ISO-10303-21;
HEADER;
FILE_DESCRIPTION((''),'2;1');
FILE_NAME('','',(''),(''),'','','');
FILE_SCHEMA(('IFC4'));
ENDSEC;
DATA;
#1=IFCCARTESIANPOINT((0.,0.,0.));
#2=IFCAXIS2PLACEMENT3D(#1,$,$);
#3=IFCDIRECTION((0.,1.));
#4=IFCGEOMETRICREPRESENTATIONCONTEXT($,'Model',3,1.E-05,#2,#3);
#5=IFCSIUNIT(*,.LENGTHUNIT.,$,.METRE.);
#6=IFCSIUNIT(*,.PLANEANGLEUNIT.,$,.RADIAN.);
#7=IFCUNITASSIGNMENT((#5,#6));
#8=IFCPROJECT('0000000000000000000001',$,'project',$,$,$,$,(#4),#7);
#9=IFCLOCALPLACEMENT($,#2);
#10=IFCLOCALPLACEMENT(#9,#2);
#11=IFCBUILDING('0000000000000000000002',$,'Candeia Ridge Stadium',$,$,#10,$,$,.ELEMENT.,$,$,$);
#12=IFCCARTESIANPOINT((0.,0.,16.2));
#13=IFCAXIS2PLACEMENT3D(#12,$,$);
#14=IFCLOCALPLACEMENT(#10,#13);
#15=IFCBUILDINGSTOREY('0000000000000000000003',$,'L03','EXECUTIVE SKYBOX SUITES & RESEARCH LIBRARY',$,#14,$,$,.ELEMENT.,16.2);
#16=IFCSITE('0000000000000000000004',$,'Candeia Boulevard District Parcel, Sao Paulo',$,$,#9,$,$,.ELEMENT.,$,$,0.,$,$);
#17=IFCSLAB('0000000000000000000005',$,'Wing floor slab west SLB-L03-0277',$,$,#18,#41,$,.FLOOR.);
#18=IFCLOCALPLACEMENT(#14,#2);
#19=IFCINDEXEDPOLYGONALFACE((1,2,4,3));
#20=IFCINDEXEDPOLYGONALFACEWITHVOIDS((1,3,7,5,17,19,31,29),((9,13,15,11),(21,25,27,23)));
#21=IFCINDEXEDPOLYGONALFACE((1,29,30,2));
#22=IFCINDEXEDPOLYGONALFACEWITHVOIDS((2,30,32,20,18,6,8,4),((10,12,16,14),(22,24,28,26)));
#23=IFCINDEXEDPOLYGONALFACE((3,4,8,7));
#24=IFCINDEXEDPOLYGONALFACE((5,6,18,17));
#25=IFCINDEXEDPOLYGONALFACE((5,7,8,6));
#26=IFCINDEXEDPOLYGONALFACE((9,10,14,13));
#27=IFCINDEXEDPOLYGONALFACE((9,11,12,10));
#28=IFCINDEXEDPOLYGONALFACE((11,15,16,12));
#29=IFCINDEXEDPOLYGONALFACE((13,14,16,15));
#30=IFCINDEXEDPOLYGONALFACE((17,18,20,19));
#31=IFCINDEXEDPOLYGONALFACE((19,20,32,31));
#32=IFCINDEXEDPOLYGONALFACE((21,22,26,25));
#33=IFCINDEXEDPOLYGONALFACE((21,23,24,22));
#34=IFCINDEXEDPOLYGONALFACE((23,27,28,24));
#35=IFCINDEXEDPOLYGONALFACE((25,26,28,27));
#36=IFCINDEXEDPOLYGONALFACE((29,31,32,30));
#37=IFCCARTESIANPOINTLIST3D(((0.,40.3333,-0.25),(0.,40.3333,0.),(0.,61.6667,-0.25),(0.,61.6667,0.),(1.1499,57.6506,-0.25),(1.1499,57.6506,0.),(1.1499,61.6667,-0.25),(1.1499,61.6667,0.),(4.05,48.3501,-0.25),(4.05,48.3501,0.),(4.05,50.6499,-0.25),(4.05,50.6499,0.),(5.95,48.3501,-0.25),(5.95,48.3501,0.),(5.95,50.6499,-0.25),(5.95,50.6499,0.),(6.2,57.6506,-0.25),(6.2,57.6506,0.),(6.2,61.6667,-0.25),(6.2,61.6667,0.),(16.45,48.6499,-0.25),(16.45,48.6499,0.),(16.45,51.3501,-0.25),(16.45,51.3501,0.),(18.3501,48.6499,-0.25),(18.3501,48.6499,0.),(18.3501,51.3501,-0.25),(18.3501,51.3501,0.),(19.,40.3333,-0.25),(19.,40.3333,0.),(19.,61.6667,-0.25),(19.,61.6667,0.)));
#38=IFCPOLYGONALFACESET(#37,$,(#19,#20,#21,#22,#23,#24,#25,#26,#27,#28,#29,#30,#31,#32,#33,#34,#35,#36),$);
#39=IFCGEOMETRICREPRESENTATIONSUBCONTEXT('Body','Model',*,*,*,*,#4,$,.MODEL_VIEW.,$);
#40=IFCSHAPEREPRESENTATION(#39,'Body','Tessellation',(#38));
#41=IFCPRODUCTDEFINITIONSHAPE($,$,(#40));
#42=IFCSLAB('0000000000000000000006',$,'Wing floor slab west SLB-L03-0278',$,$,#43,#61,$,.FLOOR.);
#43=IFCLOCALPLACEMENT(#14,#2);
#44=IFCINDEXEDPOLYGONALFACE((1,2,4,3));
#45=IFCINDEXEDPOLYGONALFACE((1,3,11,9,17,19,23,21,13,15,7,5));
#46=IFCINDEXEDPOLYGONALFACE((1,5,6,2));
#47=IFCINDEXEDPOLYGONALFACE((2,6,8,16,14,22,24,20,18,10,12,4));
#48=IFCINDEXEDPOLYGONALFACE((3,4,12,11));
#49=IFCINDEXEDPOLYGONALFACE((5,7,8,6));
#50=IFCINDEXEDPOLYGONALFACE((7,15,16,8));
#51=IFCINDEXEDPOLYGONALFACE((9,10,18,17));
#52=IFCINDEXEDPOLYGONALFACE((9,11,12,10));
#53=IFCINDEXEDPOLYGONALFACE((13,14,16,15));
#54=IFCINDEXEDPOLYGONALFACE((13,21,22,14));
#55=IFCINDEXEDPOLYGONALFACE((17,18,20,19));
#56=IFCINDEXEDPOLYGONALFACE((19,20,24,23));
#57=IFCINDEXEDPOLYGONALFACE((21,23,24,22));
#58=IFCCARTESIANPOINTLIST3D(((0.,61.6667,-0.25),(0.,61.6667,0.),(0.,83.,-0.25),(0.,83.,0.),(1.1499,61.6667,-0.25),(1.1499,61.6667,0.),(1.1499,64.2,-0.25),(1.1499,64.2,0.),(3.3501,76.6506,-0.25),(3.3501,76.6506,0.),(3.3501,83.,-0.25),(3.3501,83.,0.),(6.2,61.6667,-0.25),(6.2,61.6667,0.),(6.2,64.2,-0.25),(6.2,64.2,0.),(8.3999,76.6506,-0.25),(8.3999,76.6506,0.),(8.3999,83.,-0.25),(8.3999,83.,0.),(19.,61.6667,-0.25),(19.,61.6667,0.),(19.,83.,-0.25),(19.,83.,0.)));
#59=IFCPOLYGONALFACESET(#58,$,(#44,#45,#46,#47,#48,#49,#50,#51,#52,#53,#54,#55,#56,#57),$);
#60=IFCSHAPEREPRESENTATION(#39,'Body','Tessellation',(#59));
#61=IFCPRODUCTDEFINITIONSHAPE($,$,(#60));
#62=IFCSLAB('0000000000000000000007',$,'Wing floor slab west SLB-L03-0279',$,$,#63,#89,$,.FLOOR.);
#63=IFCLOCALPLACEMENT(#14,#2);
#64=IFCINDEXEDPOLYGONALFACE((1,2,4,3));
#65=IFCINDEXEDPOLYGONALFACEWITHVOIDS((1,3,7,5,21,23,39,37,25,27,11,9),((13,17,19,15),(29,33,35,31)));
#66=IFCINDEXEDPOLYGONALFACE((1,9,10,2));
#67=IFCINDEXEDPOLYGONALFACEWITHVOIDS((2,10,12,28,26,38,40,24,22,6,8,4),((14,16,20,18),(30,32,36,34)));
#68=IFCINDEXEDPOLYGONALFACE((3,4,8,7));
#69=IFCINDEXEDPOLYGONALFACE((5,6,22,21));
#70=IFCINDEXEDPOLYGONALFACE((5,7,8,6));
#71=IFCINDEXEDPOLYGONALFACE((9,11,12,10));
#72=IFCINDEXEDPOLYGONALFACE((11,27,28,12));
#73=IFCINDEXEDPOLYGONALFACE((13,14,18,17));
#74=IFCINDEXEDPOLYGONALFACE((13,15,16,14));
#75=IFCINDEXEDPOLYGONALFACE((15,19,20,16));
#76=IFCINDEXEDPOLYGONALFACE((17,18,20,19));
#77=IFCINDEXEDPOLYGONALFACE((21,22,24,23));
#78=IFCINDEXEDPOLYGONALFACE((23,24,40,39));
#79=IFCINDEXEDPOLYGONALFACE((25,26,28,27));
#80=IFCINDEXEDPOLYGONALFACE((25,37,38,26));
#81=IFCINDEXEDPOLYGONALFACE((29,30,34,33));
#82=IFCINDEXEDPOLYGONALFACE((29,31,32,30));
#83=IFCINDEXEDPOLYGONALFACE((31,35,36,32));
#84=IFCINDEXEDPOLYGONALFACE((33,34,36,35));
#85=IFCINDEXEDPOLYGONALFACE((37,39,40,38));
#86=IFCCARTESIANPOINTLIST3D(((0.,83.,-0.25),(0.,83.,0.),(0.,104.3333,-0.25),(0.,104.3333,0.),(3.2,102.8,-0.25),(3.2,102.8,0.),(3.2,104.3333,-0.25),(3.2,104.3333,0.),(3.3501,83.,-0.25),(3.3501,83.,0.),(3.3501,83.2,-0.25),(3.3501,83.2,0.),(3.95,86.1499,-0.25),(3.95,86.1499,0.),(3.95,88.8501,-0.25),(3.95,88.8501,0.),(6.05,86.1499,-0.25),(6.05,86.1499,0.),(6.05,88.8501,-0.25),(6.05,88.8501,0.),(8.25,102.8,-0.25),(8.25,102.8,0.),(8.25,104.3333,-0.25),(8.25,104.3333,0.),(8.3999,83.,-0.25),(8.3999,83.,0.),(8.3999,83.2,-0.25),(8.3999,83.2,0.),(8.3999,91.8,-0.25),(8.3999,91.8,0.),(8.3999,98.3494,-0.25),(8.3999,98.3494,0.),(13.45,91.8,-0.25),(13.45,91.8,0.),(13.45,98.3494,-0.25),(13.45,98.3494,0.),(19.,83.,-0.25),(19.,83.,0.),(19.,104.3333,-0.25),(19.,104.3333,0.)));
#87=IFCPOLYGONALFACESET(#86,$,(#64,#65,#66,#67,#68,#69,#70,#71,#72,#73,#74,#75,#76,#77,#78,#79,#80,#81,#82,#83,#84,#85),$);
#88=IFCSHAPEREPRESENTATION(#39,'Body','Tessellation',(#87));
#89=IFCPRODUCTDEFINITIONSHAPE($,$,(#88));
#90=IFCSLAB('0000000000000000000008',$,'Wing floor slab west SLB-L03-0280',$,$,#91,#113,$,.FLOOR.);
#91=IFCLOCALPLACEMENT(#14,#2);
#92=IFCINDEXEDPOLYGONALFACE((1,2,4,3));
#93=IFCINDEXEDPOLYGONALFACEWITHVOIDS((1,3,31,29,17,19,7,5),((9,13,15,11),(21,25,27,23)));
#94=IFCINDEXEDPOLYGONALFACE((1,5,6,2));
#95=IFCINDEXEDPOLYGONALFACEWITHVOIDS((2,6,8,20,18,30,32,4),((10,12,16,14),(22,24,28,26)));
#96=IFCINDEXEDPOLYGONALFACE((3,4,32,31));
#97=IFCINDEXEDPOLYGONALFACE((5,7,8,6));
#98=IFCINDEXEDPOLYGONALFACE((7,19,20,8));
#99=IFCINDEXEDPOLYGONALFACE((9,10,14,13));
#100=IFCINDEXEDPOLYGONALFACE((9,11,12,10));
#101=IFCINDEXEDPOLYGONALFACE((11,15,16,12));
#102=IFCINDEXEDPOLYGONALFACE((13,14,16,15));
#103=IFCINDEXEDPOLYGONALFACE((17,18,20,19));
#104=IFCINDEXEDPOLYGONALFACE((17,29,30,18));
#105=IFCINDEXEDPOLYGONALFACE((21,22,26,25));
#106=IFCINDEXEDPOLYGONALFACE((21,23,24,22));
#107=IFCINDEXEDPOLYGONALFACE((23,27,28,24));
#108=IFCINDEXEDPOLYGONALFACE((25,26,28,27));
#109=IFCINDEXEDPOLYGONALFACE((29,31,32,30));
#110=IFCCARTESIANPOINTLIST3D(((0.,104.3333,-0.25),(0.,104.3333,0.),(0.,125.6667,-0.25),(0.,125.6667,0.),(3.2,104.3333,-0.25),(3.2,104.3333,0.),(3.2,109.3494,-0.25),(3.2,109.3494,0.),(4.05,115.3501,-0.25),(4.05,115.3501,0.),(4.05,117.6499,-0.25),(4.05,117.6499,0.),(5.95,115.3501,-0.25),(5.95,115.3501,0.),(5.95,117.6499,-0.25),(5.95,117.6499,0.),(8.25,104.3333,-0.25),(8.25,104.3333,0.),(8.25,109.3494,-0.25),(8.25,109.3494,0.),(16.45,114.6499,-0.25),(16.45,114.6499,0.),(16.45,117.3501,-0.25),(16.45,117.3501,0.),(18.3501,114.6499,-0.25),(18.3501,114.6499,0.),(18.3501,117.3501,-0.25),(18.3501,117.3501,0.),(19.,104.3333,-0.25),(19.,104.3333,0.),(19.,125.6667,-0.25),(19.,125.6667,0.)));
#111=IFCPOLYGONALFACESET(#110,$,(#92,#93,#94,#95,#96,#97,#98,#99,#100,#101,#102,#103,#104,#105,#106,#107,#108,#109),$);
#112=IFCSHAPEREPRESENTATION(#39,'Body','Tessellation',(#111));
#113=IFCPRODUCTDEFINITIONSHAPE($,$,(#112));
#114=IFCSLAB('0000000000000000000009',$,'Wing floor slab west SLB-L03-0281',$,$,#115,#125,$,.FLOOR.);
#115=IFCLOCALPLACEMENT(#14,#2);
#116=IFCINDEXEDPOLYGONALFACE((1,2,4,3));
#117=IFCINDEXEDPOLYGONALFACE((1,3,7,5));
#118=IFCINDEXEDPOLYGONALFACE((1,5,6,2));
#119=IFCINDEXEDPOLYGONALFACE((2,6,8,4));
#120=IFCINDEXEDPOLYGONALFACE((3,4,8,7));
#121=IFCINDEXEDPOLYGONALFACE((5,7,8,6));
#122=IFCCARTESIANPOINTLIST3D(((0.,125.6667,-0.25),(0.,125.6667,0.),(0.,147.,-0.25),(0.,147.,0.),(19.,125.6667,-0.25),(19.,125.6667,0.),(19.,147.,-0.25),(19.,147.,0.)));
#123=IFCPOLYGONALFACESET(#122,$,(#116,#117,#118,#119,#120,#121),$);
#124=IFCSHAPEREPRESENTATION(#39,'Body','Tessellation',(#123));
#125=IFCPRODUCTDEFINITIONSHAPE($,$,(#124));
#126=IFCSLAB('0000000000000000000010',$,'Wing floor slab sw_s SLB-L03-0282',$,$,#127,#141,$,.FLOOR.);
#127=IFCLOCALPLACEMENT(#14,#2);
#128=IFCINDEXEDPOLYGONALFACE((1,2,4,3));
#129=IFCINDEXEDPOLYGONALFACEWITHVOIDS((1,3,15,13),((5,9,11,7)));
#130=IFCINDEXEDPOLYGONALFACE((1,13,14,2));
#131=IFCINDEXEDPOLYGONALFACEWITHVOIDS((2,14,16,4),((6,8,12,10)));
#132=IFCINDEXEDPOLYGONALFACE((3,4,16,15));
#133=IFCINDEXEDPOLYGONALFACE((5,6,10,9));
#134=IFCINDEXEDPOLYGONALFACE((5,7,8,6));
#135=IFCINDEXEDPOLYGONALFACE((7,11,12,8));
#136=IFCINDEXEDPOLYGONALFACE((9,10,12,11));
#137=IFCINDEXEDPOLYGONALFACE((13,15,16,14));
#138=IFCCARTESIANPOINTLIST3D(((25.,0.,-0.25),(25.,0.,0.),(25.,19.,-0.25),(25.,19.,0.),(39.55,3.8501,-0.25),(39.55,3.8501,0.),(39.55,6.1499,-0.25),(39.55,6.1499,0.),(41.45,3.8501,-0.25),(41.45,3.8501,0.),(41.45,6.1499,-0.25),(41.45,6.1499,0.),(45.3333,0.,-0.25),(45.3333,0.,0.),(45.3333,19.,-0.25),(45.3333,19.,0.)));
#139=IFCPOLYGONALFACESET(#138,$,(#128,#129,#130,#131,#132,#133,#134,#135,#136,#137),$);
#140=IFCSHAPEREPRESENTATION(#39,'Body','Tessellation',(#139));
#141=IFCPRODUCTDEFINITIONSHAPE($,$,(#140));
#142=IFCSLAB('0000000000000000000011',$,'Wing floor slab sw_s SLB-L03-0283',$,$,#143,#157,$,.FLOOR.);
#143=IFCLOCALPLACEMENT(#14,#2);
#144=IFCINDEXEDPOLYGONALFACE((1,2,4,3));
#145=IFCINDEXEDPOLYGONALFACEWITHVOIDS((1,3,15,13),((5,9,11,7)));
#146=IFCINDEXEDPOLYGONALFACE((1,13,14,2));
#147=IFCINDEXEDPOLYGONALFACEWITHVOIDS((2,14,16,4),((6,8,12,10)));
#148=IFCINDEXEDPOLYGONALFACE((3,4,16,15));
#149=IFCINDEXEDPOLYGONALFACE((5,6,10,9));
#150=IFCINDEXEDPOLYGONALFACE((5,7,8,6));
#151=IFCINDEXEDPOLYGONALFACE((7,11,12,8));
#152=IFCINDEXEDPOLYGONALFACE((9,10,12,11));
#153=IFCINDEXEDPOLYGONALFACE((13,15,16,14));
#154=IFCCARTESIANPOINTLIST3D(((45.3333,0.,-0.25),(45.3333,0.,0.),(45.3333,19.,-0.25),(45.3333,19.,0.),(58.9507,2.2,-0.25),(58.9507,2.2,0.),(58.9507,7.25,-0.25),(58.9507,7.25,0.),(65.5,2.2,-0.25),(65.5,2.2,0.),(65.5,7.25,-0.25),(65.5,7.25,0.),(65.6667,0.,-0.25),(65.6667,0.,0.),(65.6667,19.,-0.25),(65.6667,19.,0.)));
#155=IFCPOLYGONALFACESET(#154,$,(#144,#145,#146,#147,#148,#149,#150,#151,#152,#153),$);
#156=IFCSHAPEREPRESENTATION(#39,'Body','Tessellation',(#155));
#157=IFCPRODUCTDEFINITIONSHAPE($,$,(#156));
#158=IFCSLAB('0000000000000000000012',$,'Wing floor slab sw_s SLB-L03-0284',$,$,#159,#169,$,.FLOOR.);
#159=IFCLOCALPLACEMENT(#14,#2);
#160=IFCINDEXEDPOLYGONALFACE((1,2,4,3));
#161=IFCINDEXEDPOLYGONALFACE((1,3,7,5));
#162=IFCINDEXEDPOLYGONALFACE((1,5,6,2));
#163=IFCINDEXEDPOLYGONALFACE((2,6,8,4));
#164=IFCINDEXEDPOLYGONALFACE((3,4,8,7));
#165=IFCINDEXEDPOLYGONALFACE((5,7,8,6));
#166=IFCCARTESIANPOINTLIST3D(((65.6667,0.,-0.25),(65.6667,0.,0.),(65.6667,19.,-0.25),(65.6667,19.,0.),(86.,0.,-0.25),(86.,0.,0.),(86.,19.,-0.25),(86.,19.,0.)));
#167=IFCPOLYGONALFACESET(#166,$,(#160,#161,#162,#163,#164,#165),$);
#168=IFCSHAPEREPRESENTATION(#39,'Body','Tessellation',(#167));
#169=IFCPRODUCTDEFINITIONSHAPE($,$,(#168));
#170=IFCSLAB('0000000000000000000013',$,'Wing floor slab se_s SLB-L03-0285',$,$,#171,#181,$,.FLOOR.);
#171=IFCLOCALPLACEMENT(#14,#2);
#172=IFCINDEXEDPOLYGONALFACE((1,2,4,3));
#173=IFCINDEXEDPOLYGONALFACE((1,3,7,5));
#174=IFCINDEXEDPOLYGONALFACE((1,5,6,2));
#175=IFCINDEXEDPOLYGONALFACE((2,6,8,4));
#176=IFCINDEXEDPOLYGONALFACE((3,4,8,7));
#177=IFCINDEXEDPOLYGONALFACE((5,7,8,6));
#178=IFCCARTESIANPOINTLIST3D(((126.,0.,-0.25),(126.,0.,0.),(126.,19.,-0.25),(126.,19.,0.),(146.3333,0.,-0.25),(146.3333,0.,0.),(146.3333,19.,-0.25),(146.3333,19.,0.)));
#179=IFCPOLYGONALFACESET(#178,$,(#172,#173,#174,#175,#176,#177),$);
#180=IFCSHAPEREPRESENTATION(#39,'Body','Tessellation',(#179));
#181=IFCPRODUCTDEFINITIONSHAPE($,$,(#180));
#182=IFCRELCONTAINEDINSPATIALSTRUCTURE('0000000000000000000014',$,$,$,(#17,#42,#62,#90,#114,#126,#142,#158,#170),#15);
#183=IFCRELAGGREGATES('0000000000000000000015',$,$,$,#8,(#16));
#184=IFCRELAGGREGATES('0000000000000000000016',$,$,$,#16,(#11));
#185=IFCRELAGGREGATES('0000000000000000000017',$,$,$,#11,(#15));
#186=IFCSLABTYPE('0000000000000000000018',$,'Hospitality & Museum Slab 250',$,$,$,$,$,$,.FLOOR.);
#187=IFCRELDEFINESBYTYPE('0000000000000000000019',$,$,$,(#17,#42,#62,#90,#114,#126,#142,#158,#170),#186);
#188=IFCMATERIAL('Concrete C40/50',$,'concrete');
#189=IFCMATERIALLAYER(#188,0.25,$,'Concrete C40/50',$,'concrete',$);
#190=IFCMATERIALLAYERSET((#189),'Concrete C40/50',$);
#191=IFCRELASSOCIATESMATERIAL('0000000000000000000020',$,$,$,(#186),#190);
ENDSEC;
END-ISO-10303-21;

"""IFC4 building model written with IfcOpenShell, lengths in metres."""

from ifc_helpers import new_model, si_unit, direction, frame, origin, place, context, subcontext, project, spatial, polyline, outline, extrude, material, layer, layer_set, type_object, element, save


model = new_model("IFC4")

# Units and contexts
model_context = context("Model", 3, precision=1e-05, world=origin(), true_north=direction((0.0, 1.0)))
body_context = subcontext(model_context, "Body", "Model", "MODEL_VIEW")
ifc_project = project(units=[si_unit("LENGTHUNIT", "METRE"), si_unit("PLANEANGLEUNIT", "RADIAN")], contexts=[model_context])

# Site, building, storey
site_placement = place(None, origin())
site = spatial("IfcSite", under=ifc_project, at=site_placement, Name="Candeia Boulevard District Parcel, Sao Paulo", CompositionType="ELEMENT", RefElevation=0.0)
building_placement = place(site_placement, origin())
building = spatial("IfcBuilding", under=site, at=building_placement, Name="Candeia Ridge Stadium", CompositionType="ELEMENT")
storey_placement = place(building_placement, frame((0.0, 0.0, 16.2)))
storey = spatial("IfcBuildingStorey", under=building, at=storey_placement, Name="L03", Description="EXECUTIVE SKYBOX SUITES & RESEARCH LIBRARY", CompositionType="ELEMENT", Elevation=16.2)

# Shared definitions
ifc_material_1 = material(Name="Concrete C40/50", Category="concrete")

# Slabs
ifc_layer_1 = layer(ifc_material_1, 0.25, Name="Concrete C40/50", Category="concrete")
ifc_layer_set_1 = layer_set([ifc_layer_1], Name="Concrete C40/50")
slab_type_1 = type_object("IfcSlabType", Name="Hospitality & Museum Slab 250", PredefinedType="FLOOR", material=ifc_layer_set_1)
slab_1_placement = place(storey_placement, frame((0.0, 0.0, -0.25)))
element("IfcSlab", 1, at=slab_1_placement, inside=storey, type_object=slab_type_1, Name="Wing floor slab west SLB-L03-0277", PredefinedType="FLOOR", context=body_context, shape_type="SweptSolid", body=[
    extrude(outline(polyline([(19.0, 61.6667), (19.0, 40.3333), (0.0, 40.3333), (0.0, 61.6667), (1.1499, 61.6667), (1.1499, 57.6506), (6.2, 57.6506), (6.2, 61.6667), (19.0, 61.6667)]), holes=[polyline([(5.95, 48.3501), (5.95, 50.6499), (4.05, 50.6499), (4.05, 48.3501), (5.95, 48.3501)]), polyline([(18.3501, 48.6499), (18.3501, 51.3501), (16.45, 51.3501), (16.45, 48.6499), (18.3501, 48.6499)])]), origin(), (0.0, 0.0, 1.0), 0.25),
])
slab_2_placement = place(storey_placement, frame((0.0, 0.0, -0.25)))
element("IfcSlab", 2, at=slab_2_placement, inside=storey, type_object=slab_type_1, Name="Wing floor slab west SLB-L03-0278", PredefinedType="FLOOR", context=body_context, shape_type="SweptSolid", body=[
    extrude(outline(polyline([(19.0, 83.0), (19.0, 61.6667), (6.2, 61.6667), (6.2, 64.2), (1.1499, 64.2), (1.1499, 61.6667), (0.0, 61.6667), (0.0, 83.0), (3.3501, 83.0), (3.3501, 76.6506), (8.3999, 76.6506), (8.3999, 83.0), (19.0, 83.0)])), origin(), (0.0, 0.0, 1.0), 0.25),
])
slab_3_placement = place(storey_placement, frame((0.0, 0.0, -0.25)))
element("IfcSlab", 3, at=slab_3_placement, inside=storey, type_object=slab_type_1, Name="Wing floor slab west SLB-L03-0279", PredefinedType="FLOOR", context=body_context, shape_type="SweptSolid", body=[
    extrude(outline(polyline([(19.0, 104.3333), (19.0, 83.0), (8.3999, 83.0), (8.3999, 83.2), (3.3501, 83.2), (3.3501, 83.0), (0.0, 83.0), (0.0, 104.3333), (3.2, 104.3333), (3.2, 102.8), (8.25, 102.8), (8.25, 104.3333), (19.0, 104.3333)]), holes=[polyline([(6.05, 86.1499), (6.05, 88.8501), (3.95, 88.8501), (3.95, 86.1499), (6.05, 86.1499)]), polyline([(8.3999, 98.3494), (8.3999, 91.8), (13.45, 91.8), (13.45, 98.3494), (8.3999, 98.3494)])]), origin(), (0.0, 0.0, 1.0), 0.25),
])
slab_4_placement = place(storey_placement, frame((0.0, 0.0, -0.25)))
element("IfcSlab", 4, at=slab_4_placement, inside=storey, type_object=slab_type_1, Name="Wing floor slab west SLB-L03-0280", PredefinedType="FLOOR", context=body_context, shape_type="SweptSolid", body=[
    extrude(outline(polyline([(0.0, 104.3333), (0.0, 125.6667), (19.0, 125.6667), (19.0, 104.3333), (8.25, 104.3333), (8.25, 109.3494), (3.2, 109.3494), (3.2, 104.3333), (0.0, 104.3333)]), holes=[polyline([(18.3501, 114.6499), (18.3501, 117.3501), (16.45, 117.3501), (16.45, 114.6499), (18.3501, 114.6499)]), polyline([(5.95, 115.3501), (5.95, 117.6499), (4.05, 117.6499), (4.05, 115.3501), (5.95, 115.3501)])]), origin(), (0.0, 0.0, 1.0), 0.25),
])
slab_5_placement = place(storey_placement, frame((0.0, 0.0, -0.25)))
element("IfcSlab", 5, at=slab_5_placement, inside=storey, type_object=slab_type_1, Name="Wing floor slab west SLB-L03-0281", PredefinedType="FLOOR", context=body_context, shape_type="SweptSolid", body=[
    extrude(outline(polyline([(0.0, 125.6667), (0.0, 147.0), (19.0, 147.0), (19.0, 125.6667), (0.0, 125.6667)])), origin(), (0.0, 0.0, 1.0), 0.25),
])
slab_6_placement = place(storey_placement, frame((0.0, 0.0, -0.25)))
element("IfcSlab", 6, at=slab_6_placement, inside=storey, type_object=slab_type_1, Name="Wing floor slab sw_s SLB-L03-0282", PredefinedType="FLOOR", context=body_context, shape_type="SweptSolid", body=[
    extrude(outline(polyline([(25.0, 0.0), (25.0, 19.0), (45.3333, 19.0), (45.3333, 0.0), (25.0, 0.0)]), holes=[polyline([(41.45, 3.8501), (41.45, 6.1499), (39.55, 6.1499), (39.55, 3.8501), (41.45, 3.8501)])]), origin(), (0.0, 0.0, 1.0), 0.25),
])
slab_7_placement = place(storey_placement, frame((0.0, 0.0, -0.25)))
element("IfcSlab", 7, at=slab_7_placement, inside=storey, type_object=slab_type_1, Name="Wing floor slab sw_s SLB-L03-0283", PredefinedType="FLOOR", context=body_context, shape_type="SweptSolid", body=[
    extrude(outline(polyline([(45.3333, 0.0), (45.3333, 19.0), (65.6667, 19.0), (65.6667, 0.0), (45.3333, 0.0)]), holes=[polyline([(65.5, 2.2), (65.5, 7.25), (58.9507, 7.25), (58.9507, 2.2), (65.5, 2.2)])]), origin(), (0.0, 0.0, 1.0), 0.25),
])
slab_8_placement = place(storey_placement, frame((0.0, 0.0, -0.25)))
element("IfcSlab", 8, at=slab_8_placement, inside=storey, type_object=slab_type_1, Name="Wing floor slab sw_s SLB-L03-0284", PredefinedType="FLOOR", context=body_context, shape_type="SweptSolid", body=[
    extrude(outline(polyline([(65.6667, 0.0), (65.6667, 19.0), (86.0, 19.0), (86.0, 0.0), (65.6667, 0.0)])), origin(), (0.0, 0.0, 1.0), 0.25),
])
slab_9_placement = place(storey_placement, frame((0.0, 0.0, -0.25)))
element("IfcSlab", 9, at=slab_9_placement, inside=storey, type_object=slab_type_1, Name="Wing floor slab se_s SLB-L03-0285", PredefinedType="FLOOR", context=body_context, shape_type="SweptSolid", body=[
    extrude(outline(polyline([(126.0, 0.0), (126.0, 19.0), (146.3333, 19.0), (146.3333, 0.0), (126.0, 0.0)])), origin(), (0.0, 0.0, 1.0), 0.25),
])

save(model, "model.ifc")
